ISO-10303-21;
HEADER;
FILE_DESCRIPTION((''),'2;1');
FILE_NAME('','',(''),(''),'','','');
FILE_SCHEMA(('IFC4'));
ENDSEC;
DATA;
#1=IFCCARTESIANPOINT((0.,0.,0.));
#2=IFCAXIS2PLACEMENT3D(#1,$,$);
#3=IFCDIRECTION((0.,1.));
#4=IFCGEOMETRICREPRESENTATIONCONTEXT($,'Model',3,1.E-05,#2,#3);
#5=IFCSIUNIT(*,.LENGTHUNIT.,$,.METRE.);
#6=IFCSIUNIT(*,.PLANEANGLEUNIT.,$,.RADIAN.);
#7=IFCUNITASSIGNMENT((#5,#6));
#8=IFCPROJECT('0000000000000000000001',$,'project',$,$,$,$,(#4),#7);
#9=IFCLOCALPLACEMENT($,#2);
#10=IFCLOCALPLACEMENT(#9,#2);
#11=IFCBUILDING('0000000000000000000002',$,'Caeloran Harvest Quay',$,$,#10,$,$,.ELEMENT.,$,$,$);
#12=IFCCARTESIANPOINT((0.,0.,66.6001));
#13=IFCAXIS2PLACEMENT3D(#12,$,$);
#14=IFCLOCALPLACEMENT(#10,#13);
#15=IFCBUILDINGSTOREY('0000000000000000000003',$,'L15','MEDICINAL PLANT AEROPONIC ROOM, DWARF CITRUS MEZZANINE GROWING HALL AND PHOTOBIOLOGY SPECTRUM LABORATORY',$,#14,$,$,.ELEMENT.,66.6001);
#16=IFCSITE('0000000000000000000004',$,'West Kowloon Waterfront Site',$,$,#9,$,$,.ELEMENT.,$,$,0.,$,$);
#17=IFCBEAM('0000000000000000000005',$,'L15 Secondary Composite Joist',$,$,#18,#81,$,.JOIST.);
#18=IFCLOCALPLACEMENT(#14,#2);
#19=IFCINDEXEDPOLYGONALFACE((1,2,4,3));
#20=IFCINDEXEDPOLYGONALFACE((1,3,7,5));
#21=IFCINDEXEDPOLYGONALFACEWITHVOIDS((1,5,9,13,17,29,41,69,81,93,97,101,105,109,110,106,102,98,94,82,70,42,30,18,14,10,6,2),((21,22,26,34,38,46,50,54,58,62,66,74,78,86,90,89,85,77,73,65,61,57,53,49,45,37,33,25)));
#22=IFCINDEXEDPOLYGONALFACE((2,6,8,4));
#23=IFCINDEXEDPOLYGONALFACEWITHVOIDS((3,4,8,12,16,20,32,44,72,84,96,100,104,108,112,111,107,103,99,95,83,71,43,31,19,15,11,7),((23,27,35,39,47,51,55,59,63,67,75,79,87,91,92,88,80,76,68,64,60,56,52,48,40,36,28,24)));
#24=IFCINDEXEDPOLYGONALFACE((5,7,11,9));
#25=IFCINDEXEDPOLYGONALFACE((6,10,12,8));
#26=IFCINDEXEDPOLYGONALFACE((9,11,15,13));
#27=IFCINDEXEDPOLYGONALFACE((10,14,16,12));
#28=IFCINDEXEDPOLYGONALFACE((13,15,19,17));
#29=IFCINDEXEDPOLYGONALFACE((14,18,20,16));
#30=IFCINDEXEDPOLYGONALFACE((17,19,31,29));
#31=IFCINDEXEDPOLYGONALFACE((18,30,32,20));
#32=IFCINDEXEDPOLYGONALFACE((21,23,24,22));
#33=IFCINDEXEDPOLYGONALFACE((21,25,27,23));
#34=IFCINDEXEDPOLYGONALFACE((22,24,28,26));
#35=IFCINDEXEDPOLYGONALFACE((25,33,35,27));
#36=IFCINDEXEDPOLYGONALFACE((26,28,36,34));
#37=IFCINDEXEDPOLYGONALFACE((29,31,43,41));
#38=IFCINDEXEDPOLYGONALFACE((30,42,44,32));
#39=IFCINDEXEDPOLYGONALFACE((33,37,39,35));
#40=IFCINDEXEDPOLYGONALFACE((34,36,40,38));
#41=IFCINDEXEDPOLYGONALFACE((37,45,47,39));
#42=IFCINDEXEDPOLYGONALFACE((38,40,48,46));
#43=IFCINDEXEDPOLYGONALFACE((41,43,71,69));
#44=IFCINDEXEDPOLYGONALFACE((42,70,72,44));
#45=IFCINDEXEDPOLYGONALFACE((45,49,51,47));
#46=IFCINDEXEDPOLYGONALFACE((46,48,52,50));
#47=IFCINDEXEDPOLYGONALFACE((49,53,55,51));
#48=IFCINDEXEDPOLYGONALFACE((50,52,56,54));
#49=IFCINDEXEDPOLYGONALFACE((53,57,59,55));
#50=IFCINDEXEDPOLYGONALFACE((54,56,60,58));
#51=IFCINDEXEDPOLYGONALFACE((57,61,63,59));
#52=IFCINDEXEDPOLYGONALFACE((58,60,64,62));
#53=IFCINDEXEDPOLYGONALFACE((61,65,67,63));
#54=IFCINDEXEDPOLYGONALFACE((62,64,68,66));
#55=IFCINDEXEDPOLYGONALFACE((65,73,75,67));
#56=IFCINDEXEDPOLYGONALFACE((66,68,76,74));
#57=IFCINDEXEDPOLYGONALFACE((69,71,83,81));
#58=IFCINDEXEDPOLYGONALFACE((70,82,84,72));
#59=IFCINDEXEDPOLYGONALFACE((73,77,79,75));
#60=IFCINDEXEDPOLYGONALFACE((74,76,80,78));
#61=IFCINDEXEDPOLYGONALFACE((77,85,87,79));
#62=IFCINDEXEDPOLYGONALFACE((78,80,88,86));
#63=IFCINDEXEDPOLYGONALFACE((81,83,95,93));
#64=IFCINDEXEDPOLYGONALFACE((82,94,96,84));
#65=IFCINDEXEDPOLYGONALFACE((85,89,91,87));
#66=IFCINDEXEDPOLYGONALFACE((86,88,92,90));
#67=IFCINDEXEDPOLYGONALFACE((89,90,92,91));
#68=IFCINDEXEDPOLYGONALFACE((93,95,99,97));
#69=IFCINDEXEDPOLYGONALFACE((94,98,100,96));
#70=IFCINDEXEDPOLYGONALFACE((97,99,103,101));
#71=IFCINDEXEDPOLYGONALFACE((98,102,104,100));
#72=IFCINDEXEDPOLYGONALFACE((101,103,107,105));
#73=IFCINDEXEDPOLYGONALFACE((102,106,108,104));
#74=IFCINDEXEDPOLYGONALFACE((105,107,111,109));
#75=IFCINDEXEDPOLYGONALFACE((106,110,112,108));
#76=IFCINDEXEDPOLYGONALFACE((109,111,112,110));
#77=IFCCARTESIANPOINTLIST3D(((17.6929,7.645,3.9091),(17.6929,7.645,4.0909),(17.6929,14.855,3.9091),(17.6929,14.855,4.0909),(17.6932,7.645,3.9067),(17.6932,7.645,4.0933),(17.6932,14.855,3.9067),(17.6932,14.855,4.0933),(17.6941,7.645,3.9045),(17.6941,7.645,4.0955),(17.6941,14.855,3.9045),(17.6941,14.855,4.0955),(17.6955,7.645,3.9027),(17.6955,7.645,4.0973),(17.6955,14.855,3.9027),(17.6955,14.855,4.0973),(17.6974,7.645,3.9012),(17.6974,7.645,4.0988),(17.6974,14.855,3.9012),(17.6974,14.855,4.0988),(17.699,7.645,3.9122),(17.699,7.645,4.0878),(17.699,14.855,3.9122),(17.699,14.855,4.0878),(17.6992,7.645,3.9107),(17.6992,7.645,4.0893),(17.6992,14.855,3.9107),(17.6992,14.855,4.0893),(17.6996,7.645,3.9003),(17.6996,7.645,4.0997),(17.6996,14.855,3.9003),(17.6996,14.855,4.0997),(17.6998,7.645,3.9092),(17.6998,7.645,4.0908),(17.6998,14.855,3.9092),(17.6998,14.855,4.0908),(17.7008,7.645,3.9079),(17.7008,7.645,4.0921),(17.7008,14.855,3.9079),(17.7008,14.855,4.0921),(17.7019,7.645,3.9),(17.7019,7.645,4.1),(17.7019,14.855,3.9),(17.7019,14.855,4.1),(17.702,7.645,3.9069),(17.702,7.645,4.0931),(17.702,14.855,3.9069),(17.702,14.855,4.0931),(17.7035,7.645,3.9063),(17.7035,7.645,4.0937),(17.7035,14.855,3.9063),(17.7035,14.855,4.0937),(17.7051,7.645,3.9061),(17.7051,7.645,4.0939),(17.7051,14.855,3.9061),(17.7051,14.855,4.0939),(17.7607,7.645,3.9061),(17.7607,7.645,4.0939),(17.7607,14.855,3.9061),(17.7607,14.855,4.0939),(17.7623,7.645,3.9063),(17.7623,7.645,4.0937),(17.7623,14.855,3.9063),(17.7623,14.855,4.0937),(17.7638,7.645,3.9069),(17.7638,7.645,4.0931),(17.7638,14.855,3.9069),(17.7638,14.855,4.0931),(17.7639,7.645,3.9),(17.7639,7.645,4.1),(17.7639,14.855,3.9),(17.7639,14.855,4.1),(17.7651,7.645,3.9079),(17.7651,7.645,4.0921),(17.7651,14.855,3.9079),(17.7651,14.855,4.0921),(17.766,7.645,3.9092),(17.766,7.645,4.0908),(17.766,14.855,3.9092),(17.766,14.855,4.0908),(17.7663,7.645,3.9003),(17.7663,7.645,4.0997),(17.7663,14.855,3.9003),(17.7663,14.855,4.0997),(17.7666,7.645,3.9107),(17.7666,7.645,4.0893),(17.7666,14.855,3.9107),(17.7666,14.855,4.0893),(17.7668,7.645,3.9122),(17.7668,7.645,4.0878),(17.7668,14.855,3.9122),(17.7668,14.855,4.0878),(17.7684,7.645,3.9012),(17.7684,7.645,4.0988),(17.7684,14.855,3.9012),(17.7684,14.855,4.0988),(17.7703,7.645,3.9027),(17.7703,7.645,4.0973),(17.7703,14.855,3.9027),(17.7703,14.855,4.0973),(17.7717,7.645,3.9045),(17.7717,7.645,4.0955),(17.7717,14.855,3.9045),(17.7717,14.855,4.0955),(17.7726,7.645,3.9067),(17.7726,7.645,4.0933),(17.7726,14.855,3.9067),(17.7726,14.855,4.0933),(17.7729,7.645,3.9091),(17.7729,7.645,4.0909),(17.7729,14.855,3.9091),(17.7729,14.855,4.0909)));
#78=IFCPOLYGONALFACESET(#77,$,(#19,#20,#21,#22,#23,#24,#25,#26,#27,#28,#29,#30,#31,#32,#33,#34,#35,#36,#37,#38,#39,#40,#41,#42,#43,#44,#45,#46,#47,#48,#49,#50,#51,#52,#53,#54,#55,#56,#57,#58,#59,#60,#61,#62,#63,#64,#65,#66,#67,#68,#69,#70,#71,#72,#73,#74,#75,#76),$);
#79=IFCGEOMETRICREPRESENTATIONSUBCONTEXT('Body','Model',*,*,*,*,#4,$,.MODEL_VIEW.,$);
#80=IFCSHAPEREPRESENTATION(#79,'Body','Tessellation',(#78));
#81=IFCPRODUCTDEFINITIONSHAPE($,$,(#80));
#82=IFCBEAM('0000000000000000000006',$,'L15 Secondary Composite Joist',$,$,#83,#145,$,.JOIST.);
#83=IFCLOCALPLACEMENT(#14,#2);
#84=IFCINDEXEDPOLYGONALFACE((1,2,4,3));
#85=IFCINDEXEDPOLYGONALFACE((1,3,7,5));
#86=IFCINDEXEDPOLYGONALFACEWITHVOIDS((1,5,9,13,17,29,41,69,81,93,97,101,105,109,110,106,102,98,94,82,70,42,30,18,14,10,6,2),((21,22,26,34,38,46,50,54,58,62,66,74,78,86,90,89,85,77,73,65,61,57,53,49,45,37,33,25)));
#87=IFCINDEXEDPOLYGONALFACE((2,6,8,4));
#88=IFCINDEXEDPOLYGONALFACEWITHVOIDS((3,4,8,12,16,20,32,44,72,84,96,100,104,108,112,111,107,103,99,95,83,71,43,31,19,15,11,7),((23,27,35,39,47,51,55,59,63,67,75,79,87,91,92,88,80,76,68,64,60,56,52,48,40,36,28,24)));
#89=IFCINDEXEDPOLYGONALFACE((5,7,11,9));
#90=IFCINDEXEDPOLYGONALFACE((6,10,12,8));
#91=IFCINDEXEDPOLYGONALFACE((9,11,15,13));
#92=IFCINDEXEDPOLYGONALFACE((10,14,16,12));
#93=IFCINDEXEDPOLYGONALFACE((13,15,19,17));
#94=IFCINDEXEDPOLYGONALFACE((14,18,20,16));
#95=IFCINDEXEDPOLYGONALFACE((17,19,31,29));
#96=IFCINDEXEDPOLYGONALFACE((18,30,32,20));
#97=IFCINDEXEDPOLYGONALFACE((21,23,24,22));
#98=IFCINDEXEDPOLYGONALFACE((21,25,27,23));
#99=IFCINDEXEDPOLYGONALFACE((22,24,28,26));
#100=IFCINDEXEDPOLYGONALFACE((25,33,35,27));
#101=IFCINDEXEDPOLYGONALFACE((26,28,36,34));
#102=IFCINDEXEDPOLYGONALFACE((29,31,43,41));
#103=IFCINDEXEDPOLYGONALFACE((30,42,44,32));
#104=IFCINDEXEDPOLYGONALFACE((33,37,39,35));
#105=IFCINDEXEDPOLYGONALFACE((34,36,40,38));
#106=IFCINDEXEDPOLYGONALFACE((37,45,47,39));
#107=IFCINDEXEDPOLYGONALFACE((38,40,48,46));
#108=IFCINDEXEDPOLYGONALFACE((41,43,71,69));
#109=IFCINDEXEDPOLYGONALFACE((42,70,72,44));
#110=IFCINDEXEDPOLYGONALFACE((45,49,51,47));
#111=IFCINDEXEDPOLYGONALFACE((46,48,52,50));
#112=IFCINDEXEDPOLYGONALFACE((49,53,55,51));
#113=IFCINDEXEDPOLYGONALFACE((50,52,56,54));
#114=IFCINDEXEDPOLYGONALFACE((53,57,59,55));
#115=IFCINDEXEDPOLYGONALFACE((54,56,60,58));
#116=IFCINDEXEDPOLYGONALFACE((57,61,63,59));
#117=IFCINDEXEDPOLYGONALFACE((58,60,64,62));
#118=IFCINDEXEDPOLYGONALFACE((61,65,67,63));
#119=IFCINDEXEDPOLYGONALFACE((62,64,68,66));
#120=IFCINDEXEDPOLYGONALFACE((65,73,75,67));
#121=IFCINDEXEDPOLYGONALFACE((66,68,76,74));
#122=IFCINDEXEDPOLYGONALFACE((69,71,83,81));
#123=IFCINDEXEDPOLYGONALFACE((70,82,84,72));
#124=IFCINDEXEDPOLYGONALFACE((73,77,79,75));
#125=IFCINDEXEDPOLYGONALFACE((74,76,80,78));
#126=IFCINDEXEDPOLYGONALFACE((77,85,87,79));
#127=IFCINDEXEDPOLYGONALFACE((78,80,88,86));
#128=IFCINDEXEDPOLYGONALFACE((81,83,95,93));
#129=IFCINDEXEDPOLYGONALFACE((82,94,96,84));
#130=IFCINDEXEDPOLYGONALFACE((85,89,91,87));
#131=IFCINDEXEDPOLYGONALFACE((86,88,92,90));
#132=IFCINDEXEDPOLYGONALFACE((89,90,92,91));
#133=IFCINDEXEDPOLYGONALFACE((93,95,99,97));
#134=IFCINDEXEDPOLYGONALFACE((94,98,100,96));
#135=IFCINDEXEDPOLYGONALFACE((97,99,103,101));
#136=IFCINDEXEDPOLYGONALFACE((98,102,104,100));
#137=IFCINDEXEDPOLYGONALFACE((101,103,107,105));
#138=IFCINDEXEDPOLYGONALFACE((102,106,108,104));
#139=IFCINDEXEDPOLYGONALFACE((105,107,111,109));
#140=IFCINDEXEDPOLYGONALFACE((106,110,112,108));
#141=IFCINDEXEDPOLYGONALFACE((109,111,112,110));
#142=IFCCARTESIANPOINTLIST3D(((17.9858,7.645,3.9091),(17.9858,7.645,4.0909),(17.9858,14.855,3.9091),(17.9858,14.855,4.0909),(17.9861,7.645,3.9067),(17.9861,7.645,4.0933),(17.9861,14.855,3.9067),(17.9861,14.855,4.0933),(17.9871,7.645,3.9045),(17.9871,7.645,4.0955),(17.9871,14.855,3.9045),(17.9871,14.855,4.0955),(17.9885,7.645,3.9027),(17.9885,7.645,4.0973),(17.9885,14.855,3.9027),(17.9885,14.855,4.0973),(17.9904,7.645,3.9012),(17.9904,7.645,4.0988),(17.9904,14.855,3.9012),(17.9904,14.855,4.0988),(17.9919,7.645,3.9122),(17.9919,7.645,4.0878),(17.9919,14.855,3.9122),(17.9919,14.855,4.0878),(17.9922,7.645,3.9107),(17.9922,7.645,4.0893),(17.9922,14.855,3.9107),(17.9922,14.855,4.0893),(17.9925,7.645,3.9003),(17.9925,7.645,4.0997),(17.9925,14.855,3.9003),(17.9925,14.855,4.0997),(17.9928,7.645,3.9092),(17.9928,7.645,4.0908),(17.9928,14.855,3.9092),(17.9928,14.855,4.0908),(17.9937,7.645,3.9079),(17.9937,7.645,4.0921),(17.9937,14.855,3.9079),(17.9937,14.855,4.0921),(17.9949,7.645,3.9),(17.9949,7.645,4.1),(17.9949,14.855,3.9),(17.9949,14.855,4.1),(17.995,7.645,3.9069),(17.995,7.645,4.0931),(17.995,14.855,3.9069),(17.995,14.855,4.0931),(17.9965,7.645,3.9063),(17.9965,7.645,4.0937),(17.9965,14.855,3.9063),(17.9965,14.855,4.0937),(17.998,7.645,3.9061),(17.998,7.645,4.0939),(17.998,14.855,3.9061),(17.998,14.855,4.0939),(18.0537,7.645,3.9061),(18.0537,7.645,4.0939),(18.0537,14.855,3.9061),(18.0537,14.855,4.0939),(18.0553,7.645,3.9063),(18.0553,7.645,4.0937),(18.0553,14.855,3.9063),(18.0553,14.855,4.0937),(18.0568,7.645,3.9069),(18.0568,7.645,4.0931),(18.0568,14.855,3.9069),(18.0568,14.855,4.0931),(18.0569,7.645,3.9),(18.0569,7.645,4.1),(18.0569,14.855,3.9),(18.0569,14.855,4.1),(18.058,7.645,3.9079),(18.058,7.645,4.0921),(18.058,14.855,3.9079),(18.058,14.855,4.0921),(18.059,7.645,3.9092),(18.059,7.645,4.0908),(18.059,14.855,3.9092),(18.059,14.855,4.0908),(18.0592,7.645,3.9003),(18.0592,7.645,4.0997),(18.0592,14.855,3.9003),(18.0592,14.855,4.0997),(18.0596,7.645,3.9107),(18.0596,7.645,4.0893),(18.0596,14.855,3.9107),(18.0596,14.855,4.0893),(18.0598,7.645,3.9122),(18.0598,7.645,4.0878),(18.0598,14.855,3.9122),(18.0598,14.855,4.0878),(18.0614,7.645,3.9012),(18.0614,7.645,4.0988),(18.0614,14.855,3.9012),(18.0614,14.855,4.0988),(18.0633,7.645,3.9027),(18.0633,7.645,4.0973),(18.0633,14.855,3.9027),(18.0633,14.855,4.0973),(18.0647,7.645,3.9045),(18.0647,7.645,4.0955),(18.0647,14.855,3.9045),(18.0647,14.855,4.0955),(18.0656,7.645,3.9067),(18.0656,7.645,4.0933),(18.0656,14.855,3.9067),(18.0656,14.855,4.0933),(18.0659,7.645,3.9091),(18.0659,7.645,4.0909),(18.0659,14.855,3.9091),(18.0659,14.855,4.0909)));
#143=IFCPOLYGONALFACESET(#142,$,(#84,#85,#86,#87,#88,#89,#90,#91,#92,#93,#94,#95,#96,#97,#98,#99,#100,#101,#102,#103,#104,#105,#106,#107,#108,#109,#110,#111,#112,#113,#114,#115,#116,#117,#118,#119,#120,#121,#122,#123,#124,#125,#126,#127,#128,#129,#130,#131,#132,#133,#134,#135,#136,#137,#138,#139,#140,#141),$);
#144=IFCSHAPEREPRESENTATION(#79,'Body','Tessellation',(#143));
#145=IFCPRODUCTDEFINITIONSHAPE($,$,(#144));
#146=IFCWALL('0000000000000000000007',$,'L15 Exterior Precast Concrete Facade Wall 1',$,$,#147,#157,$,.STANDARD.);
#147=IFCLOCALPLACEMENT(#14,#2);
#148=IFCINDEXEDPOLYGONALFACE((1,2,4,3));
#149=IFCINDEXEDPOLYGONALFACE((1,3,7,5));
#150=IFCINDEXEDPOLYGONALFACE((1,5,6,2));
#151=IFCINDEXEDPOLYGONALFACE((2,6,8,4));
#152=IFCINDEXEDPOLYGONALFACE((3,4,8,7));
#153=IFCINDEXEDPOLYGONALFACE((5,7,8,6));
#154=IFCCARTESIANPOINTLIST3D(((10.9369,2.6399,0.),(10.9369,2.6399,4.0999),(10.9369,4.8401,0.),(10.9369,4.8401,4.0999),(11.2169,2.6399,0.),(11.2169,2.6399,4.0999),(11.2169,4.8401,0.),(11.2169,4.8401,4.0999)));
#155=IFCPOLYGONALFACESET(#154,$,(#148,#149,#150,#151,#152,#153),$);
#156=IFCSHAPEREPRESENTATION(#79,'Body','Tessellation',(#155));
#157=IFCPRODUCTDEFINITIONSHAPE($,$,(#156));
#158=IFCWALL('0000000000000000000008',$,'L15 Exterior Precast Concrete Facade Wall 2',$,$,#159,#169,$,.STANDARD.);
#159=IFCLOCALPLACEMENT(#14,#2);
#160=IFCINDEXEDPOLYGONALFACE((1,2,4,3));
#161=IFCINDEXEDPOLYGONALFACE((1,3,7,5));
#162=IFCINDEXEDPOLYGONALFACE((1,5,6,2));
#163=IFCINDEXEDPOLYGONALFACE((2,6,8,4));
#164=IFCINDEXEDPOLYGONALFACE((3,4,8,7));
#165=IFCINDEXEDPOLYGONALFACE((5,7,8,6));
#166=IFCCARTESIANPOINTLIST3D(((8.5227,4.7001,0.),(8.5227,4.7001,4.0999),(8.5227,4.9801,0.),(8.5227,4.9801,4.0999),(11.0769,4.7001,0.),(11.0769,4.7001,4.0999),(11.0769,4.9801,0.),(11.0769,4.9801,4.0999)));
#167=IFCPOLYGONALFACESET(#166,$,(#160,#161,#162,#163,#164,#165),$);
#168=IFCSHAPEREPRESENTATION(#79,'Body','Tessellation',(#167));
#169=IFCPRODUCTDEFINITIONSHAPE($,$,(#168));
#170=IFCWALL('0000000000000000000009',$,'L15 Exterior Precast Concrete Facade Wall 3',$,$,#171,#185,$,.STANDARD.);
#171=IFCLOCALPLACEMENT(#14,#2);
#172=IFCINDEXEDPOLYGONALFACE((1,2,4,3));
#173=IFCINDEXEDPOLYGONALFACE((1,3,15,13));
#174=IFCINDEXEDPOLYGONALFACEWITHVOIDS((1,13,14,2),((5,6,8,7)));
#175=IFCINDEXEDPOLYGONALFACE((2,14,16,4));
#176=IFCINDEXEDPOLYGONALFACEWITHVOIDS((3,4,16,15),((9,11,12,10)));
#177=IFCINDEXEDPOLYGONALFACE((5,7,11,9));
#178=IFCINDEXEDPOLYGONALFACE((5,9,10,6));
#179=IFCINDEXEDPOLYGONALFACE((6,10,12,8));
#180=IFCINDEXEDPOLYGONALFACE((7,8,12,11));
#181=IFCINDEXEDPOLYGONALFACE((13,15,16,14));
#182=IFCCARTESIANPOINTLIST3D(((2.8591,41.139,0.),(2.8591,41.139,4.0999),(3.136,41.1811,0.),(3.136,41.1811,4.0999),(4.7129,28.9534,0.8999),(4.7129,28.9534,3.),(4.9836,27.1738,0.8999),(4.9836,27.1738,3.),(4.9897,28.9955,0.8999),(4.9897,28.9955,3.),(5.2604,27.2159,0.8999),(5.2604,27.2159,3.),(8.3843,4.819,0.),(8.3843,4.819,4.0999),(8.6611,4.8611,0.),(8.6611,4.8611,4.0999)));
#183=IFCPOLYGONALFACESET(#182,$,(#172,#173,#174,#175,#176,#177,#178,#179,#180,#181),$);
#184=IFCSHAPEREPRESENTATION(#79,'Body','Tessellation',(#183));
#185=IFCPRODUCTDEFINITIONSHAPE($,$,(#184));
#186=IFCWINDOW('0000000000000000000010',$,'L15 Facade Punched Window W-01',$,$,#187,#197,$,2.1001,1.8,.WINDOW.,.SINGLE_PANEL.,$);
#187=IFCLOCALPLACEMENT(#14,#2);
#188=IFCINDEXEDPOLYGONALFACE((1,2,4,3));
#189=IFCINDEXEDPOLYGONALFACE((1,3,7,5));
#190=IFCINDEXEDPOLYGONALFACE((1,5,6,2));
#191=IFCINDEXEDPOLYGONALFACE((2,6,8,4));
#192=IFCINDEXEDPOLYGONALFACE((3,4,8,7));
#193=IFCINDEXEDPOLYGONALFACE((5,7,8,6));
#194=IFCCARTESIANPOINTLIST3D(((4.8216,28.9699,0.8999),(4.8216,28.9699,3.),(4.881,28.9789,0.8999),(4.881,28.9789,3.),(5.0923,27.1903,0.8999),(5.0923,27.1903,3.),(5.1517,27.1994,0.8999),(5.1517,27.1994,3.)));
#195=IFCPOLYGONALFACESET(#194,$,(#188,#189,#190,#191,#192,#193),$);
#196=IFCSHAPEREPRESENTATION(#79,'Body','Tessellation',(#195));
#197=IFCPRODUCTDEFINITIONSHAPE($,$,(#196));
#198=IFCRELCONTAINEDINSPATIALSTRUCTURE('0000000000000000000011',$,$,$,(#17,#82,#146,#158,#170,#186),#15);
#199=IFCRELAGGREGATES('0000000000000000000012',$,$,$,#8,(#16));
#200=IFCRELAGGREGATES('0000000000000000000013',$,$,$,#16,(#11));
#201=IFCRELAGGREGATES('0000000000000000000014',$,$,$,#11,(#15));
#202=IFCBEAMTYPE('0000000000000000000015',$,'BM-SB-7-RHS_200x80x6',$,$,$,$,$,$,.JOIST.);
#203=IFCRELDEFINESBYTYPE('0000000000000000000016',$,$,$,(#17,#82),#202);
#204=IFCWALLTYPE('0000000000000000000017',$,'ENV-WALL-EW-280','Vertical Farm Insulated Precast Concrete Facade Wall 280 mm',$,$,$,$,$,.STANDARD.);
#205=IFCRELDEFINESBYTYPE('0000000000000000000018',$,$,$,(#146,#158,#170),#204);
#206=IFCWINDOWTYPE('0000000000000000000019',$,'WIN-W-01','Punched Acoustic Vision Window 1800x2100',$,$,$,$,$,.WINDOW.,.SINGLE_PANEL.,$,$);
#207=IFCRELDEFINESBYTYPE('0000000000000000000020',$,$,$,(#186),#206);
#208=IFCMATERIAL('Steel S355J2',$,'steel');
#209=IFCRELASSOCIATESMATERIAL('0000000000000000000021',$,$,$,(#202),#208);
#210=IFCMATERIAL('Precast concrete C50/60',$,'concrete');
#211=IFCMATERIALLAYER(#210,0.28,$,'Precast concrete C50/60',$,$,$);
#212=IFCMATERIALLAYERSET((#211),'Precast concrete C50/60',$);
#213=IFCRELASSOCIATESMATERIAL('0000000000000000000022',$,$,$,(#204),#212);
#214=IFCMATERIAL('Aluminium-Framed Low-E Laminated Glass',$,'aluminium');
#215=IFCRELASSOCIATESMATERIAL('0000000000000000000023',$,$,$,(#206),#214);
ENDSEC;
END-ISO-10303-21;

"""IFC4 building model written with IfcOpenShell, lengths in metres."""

from ifc_helpers import new_model, si_unit, direction, frame, frame_2d, origin, origin_2d, place, context, subcontext, project, spatial, rectangle, hollow_rectangle, extrude, material, layer, layer_set, material_profile, profile_set, type_object, element, fill, save


model = new_model("IFC4")

# Units and contexts
model_context = context("Model", 3, precision=1e-05, world=origin(), true_north=direction((0.0, 1.0)))
body_context = subcontext(model_context, "Body", "Model", "MODEL_VIEW")
ifc_project = project(units=[si_unit("LENGTHUNIT", "METRE"), si_unit("PLANEANGLEUNIT", "RADIAN")], contexts=[model_context])

# Site, building, storey
site_placement = place(None, origin())
site = spatial("IfcSite", under=ifc_project, at=site_placement, Name="West Kowloon Waterfront Site", CompositionType="ELEMENT", RefElevation=0.0)
building_placement = place(site_placement, origin())
building = spatial("IfcBuilding", under=site, at=building_placement, Name="Caeloran Harvest Quay", CompositionType="ELEMENT")
storey_placement = place(building_placement, frame((0.0, 0.0, 66.6001)))
storey = spatial("IfcBuildingStorey", under=building, at=storey_placement, Name="L15", Description="MEDICINAL PLANT AEROPONIC ROOM, DWARF CITRUS MEZZANINE GROWING HALL AND PHOTOBIOLOGY SPECTRUM LABORATORY", CompositionType="ELEMENT", Elevation=66.6001)

# Beams
ifc_material_1 = material(Name="Steel S355J2", Category="steel")
ifc_material_profile_1 = material_profile(ifc_material_1, hollow_rectangle(XDim=0.0801, YDim=0.2, WallThickness=0.0061, InnerFilletRadius=0.0061, OuterFilletRadius=0.009, at=origin_2d()), Name="RHS 200x80x6")
ifc_profile_set_1 = profile_set([ifc_material_profile_1], Name="Steel S355J2")
beam_type_1 = type_object("IfcBeamType", Name="BM-SB-7-RHS_200x80x6", PredefinedType="JOIST", material=ifc_profile_set_1)
for number, where, z_axis, x_axis, name in (
    (1, (17.7329, 7.645, 4.0), (0.0, 1.0, 0.0), (-1.0, 0.0, 0.0), "L15 Secondary Composite Joist"),
    (2, (18.0259, 7.645, 4.0), (0.0, 1.0, 0.0), (-1.0, 0.0, 0.0), "L15 Secondary Composite Joist"),
):
    element("IfcBeam", number, at=place(storey_placement, frame(where, z_axis=z_axis, x_axis=x_axis)), inside=storey, type_object=beam_type_1, Name=name, PredefinedType="JOIST", context=body_context, shape_type="SweptSolid", body=[
        extrude(hollow_rectangle(XDim=0.0801, YDim=0.2, WallThickness=0.0061, InnerFilletRadius=0.0061, OuterFilletRadius=0.009, at=origin_2d()), origin(), (0.0, 0.0, 1.0), 7.21),
    ])

# Walls
ifc_material_2 = material(Name="Precast concrete C50/60", Category="concrete")
ifc_layer_1 = layer(ifc_material_2, 0.28, Name="Precast concrete C50/60")
ifc_layer_set_1 = layer_set([ifc_layer_1], Name="Precast concrete C50/60")
wall_type_1 = type_object("IfcWallType", Name="ENV-WALL-EW-280", Description="Vertical Farm Insulated Precast Concrete Facade Wall 280 mm", PredefinedType="STANDARD", material=ifc_layer_set_1)
wall_1_placement = place(storey_placement, frame((11.0769, 2.6399, 0.0), z_axis=(0.0, 0.0, 1.0), x_axis=(0.0, 1.0, 0.0)))
element("IfcWall", 3, at=wall_1_placement, inside=storey, type_object=wall_type_1, Name="L15 Exterior Precast Concrete Facade Wall 1", PredefinedType="STANDARD", context=body_context, shape_type="SweptSolid", body=[
    extrude(rectangle(XDim=2.2002, YDim=0.28, at=frame_2d((1.1001, 0.0))), origin(), (0.0, 0.0, 1.0), 4.0999),
])
wall_2_placement = place(storey_placement, frame((11.0769, 4.8401, 0.0), z_axis=(0.0, 0.0, 1.0), x_axis=(-1.0, 0.0, 0.0)))
element("IfcWall", 4, at=wall_2_placement, inside=storey, type_object=wall_type_1, Name="L15 Exterior Precast Concrete Facade Wall 2", PredefinedType="STANDARD", context=body_context, shape_type="SweptSolid", body=[
    extrude(rectangle(XDim=2.5542, YDim=0.28, at=frame_2d((1.2771, 0.0))), origin(), (0.0, 0.0, 1.0), 4.0999),
])

# Wall, opening, window
wall_3_placement = place(storey_placement, frame((8.5227, 4.8401, 0.0), z_axis=(0.0, 0.0, 1.0), x_axis=(-0.150395, 0.988626, 0.0)))
wall_3 = element("IfcWall", 5, at=wall_3_placement, inside=storey, type_object=wall_type_1, Name="L15 Exterior Precast Concrete Facade Wall 3", PredefinedType="STANDARD", context=body_context, shape_type="SweptSolid", body=[
    extrude(rectangle(XDim=36.7378, YDim=0.28, at=frame_2d((18.3689, 0.0))), origin(), (0.0, 0.0, 1.0), 4.0999),
])
opening_placement = place(wall_3_placement, frame((22.6121, 0.0, 0.8999)))
opening = element("IfcOpeningElement", 6, at=opening_placement, cuts=wall_3, PredefinedType="OPENING", context=body_context, shape_type="SweptSolid", body=[
    extrude(rectangle(XDim=1.8, YDim=2.1001, at=frame_2d((0.8999, 1.05))), frame((0.0, 0.1499, 0.0), z_axis=(0.0, -1.0, 0.0), x_axis=(1.0, 0.0, 0.0)), (0.0, 0.0, 1.0), 0.3),
])
ifc_material_3 = material(Name="Aluminium-Framed Low-E Laminated Glass", Category="aluminium")
window_type = type_object("IfcWindowType", Name="WIN-W-01", Description="Punched Acoustic Vision Window 1800x2100", PartitioningType="SINGLE_PANEL", PredefinedType="WINDOW", material=ifc_material_3)
window_placement = place(opening_placement, origin())
window = element("IfcWindow", 7, at=window_placement, inside=storey, type_object=window_type, Name="L15 Facade Punched Window W-01", OverallHeight=2.1001, OverallWidth=1.8, PartitioningType="SINGLE_PANEL", PredefinedType="WINDOW", context=body_context, shape_type="SweptSolid", body=[
    extrude(rectangle(XDim=1.8, YDim=2.1001, at=frame_2d((0.8999, 1.05))), frame((0.0, 0.03, 0.0), z_axis=(0.0, -1.0, 0.0), x_axis=(1.0, 0.0, 0.0)), (0.0, 0.0, 1.0), 0.0601),
])
fill(opening, window)

save(model, "model.ifc")
